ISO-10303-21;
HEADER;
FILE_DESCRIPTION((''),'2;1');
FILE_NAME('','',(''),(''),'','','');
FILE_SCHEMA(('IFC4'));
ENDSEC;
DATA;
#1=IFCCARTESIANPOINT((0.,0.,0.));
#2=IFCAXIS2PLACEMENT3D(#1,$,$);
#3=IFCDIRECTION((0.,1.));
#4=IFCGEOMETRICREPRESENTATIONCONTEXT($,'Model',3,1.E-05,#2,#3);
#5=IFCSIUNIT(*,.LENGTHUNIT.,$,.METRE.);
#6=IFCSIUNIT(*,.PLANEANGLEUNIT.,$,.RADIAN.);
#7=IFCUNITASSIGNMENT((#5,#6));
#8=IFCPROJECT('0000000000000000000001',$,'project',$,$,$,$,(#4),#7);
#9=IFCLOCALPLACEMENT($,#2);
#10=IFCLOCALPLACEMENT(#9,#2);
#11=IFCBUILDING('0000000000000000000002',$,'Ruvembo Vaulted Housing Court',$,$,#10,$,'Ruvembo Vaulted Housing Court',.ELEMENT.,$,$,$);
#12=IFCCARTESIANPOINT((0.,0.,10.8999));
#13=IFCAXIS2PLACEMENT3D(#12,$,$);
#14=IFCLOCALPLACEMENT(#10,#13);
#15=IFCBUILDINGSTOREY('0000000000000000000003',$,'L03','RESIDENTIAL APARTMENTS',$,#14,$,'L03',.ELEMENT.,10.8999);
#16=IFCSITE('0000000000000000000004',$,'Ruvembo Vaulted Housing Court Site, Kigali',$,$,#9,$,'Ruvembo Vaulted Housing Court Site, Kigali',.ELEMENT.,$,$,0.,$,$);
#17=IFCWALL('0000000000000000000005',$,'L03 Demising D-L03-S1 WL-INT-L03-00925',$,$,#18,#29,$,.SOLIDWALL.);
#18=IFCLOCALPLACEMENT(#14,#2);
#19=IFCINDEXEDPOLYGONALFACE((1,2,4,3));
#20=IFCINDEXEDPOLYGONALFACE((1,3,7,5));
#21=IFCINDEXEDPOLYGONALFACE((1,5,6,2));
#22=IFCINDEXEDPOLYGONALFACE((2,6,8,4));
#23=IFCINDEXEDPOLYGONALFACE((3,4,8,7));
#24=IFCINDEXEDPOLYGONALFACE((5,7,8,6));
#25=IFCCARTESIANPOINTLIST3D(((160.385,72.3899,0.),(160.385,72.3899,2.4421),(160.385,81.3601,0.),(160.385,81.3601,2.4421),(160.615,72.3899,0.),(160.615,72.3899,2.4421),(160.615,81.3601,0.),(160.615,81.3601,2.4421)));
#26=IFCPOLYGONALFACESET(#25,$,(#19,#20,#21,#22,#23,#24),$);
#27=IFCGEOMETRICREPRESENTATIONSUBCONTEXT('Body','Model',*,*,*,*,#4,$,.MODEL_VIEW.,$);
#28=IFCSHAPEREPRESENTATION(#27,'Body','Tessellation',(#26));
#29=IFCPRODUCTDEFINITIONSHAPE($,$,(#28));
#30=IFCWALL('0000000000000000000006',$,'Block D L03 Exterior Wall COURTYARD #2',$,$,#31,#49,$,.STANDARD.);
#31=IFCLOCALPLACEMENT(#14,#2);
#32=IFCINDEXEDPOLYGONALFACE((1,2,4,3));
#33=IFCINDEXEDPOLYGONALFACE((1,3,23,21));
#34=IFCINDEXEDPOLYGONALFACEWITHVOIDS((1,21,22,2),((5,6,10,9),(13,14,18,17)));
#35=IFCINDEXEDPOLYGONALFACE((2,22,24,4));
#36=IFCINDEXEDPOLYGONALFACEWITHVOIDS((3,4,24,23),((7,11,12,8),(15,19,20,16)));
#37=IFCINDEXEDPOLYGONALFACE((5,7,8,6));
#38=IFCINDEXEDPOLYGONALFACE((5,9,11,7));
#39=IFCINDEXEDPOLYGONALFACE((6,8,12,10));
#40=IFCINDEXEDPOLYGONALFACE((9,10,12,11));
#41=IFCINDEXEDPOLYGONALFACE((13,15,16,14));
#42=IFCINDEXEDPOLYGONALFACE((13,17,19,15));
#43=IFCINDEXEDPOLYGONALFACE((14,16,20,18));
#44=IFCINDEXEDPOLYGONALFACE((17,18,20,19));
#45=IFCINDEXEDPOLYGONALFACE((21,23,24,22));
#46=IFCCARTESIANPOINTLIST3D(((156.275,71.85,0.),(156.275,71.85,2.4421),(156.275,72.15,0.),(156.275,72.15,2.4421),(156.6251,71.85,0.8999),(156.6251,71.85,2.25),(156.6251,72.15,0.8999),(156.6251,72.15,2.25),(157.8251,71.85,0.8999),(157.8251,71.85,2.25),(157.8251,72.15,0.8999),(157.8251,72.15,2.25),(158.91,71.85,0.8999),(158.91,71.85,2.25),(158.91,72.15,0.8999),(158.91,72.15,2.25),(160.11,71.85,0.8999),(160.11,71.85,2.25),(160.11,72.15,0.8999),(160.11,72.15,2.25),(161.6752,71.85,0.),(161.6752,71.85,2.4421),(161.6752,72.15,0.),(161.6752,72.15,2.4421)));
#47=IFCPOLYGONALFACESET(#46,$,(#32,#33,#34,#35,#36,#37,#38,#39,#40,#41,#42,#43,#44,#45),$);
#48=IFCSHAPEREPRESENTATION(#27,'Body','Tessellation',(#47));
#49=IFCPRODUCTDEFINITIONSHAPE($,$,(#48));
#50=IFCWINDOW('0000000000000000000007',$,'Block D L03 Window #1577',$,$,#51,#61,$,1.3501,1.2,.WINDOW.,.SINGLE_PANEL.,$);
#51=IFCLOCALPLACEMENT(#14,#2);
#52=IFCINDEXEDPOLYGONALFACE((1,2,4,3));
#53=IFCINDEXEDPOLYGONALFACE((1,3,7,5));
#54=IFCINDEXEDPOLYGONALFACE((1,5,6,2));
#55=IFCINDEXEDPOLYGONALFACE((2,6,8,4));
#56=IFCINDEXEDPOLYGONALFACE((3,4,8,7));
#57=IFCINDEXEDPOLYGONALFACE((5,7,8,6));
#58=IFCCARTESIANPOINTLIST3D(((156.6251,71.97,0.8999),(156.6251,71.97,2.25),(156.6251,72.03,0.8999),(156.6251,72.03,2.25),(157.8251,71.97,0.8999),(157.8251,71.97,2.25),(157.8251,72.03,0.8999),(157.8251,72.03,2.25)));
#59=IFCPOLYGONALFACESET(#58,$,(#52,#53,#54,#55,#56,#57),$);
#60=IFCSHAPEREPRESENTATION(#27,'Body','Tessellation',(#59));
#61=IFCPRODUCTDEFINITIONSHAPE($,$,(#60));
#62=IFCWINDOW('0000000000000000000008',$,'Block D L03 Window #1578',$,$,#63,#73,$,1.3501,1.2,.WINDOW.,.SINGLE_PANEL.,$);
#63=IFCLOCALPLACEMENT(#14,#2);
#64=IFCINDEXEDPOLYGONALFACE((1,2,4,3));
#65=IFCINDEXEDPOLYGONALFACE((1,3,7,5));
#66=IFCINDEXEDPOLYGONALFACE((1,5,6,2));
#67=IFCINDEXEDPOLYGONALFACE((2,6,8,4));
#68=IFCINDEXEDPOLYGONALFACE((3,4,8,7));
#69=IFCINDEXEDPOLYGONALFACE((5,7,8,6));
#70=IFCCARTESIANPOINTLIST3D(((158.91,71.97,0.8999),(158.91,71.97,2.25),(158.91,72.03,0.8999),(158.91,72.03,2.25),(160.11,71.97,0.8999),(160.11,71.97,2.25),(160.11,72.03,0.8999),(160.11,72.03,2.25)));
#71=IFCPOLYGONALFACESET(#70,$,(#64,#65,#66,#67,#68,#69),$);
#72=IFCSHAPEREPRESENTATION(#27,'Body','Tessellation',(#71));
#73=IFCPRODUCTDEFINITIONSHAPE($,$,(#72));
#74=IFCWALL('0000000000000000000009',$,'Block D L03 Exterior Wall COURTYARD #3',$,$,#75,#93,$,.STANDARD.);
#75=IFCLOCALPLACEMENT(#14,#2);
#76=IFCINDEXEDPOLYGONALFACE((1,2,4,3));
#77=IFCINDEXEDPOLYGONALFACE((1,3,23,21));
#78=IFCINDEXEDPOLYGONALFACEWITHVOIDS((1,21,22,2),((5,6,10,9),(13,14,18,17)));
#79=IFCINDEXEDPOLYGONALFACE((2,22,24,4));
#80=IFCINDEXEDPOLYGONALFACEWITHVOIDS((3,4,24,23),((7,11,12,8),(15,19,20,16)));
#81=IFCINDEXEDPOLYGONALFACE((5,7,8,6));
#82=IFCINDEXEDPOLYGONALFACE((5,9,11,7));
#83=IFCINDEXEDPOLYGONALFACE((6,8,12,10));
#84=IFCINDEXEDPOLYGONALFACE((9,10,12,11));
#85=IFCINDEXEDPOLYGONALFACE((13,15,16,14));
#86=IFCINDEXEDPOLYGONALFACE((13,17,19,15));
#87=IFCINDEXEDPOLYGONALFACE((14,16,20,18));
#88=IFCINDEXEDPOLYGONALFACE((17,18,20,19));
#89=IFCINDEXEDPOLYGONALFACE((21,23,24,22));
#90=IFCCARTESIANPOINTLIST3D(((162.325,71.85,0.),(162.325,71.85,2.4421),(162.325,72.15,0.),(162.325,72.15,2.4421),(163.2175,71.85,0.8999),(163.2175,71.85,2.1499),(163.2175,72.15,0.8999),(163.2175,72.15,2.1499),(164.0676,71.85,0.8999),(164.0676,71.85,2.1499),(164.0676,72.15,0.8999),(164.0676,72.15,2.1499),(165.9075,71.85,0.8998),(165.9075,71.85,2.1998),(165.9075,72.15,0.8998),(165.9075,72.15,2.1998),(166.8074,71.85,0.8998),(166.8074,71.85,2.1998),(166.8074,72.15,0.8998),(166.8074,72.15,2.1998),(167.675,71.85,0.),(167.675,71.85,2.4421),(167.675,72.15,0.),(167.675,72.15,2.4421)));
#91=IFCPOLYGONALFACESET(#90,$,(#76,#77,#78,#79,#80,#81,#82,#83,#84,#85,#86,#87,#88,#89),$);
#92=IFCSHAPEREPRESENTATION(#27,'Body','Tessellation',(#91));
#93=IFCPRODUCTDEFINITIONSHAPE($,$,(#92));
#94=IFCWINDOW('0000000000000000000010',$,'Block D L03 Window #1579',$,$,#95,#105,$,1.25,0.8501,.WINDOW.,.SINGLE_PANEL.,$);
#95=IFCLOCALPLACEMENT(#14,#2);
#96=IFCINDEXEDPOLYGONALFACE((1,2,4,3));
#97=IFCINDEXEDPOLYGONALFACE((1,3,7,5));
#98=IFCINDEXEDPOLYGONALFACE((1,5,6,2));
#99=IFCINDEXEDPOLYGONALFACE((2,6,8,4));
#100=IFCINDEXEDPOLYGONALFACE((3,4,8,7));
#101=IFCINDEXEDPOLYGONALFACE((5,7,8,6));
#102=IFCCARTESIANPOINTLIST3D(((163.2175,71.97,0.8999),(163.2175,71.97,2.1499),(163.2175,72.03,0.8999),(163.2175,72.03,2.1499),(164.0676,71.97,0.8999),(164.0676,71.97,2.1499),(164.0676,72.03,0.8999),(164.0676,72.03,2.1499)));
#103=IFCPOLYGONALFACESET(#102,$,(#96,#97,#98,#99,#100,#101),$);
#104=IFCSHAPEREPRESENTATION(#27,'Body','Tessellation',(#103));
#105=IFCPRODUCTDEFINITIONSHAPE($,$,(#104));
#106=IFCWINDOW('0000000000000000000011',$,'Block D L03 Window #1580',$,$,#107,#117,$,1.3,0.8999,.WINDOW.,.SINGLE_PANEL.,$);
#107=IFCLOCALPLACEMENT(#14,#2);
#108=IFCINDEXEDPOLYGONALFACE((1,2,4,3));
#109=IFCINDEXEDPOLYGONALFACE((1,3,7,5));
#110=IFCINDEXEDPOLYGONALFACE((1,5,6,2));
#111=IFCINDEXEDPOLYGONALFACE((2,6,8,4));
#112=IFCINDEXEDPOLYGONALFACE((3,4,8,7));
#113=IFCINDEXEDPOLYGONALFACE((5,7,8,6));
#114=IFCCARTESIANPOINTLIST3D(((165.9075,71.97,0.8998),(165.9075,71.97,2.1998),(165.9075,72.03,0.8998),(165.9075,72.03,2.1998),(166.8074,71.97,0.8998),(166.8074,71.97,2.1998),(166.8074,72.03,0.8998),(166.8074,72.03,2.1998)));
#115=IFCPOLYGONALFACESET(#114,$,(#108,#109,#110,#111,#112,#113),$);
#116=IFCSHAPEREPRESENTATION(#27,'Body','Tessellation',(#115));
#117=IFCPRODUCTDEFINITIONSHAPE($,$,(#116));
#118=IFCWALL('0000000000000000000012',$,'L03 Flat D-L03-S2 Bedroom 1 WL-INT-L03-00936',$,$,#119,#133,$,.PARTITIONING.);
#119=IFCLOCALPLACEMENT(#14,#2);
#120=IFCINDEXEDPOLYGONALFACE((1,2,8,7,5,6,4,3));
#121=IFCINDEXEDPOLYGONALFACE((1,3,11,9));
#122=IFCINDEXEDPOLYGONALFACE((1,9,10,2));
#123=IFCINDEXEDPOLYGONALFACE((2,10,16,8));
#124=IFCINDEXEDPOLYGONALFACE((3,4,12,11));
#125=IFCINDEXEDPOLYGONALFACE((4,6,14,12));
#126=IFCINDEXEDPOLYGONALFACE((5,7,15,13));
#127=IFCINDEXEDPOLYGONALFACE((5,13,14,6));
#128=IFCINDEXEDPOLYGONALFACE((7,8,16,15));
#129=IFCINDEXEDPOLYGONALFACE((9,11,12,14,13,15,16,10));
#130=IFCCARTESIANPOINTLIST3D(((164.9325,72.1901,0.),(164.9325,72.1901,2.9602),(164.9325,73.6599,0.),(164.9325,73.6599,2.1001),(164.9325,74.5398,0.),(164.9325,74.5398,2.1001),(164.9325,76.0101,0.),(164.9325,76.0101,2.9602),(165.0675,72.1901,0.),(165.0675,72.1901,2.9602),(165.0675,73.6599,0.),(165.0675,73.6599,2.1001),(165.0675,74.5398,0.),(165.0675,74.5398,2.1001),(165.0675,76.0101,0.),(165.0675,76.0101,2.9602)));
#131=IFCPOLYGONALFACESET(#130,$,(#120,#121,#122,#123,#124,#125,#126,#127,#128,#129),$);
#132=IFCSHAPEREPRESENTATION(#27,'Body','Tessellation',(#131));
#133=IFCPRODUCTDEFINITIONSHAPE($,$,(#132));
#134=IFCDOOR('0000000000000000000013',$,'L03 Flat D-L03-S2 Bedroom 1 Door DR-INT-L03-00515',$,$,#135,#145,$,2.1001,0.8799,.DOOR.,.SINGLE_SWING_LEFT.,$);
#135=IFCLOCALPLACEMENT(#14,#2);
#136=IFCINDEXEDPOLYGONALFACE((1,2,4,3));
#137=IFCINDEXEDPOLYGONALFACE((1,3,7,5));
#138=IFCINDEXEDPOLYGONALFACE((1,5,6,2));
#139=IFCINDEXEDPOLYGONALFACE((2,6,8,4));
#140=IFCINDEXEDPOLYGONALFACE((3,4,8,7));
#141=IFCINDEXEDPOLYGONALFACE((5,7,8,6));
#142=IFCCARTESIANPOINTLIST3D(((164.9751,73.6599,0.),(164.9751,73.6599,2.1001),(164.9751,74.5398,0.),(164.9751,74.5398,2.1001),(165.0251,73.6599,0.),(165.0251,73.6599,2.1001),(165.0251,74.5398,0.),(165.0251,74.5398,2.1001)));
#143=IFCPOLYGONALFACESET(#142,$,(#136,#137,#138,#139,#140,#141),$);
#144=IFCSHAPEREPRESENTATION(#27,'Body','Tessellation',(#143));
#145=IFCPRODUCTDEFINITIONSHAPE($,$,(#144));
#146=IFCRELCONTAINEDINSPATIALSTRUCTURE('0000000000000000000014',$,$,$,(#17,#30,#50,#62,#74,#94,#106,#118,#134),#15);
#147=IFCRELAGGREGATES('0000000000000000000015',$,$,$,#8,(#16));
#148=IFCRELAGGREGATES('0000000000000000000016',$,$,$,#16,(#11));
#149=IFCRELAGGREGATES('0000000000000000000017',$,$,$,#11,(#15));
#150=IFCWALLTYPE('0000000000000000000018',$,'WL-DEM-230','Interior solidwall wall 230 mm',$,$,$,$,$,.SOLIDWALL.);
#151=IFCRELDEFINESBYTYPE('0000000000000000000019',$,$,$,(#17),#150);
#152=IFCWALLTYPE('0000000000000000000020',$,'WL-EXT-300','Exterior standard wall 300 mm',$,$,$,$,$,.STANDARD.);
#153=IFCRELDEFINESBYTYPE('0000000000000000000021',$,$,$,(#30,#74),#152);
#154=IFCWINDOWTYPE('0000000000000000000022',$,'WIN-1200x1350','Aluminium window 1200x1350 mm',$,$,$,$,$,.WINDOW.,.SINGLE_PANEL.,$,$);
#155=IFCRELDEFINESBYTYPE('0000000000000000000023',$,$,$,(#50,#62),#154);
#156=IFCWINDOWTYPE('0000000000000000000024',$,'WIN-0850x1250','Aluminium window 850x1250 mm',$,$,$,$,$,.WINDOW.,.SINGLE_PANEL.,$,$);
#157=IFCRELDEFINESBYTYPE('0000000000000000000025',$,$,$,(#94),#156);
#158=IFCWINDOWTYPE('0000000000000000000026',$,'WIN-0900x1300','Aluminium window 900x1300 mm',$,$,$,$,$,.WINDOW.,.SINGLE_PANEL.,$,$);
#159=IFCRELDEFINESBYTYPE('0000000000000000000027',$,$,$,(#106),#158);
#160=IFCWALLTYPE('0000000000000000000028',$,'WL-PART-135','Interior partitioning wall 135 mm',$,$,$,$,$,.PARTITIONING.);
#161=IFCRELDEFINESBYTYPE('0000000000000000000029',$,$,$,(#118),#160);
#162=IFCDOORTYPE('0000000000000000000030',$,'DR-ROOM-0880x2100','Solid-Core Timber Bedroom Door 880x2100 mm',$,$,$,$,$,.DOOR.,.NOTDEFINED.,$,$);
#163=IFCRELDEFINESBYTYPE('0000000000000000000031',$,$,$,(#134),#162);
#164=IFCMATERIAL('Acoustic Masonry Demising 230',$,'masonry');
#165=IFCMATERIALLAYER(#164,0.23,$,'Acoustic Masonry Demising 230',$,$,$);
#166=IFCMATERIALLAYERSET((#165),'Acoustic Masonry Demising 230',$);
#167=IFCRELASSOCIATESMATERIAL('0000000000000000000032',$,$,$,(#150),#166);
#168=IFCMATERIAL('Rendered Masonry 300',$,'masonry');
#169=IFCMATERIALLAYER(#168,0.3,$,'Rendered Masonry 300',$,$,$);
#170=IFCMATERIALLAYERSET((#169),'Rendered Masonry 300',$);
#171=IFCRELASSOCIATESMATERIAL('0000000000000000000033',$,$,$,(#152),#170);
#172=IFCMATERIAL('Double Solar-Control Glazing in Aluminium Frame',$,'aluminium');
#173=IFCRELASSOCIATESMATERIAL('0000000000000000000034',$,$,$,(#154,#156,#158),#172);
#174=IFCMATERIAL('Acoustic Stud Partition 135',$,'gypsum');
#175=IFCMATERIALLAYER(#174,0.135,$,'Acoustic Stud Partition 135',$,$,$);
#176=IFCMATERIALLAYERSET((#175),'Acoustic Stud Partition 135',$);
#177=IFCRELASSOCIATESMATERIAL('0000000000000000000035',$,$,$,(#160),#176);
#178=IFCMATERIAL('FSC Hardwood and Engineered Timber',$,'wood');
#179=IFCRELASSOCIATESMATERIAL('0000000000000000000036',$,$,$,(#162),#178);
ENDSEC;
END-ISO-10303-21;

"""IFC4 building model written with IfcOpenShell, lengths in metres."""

from ifc_helpers import new_model, si_unit, direction, frame, frame_2d, origin, place, context, subcontext, project, spatial, rectangle, extrude, material, layer, layer_set, type_object, element, fill, save


model = new_model("IFC4")

# Units and contexts
model_context = context("Model", 3, precision=1e-05, world=origin(), true_north=direction((0.0, 1.0)))
body_context = subcontext(model_context, "Body", "Model", "MODEL_VIEW")
ifc_project = project(units=[si_unit("LENGTHUNIT", "METRE"), si_unit("PLANEANGLEUNIT", "RADIAN")], contexts=[model_context])

# Site, building, storey
site_placement = place(None, origin())
site = spatial("IfcSite", under=ifc_project, at=site_placement, Name="Ruvembo Vaulted Housing Court Site, Kigali", LongName="Ruvembo Vaulted Housing Court Site, Kigali", CompositionType="ELEMENT", RefElevation=0.0)
building_placement = place(site_placement, origin())
building = spatial("IfcBuilding", under=site, at=building_placement, Name="Ruvembo Vaulted Housing Court", LongName="Ruvembo Vaulted Housing Court", CompositionType="ELEMENT")
storey_placement = place(building_placement, frame((0.0, 0.0, 10.8999)))
storey = spatial("IfcBuildingStorey", under=building, at=storey_placement, Name="L03", Description="RESIDENTIAL APARTMENTS", LongName="L03", CompositionType="ELEMENT", Elevation=10.8999)

# Shared definitions
ifc_material_1 = material(Name="FSC Hardwood and Engineered Timber", Category="wood")

# Wall
ifc_material_2 = material(Name="Acoustic Masonry Demising 230", Category="masonry")
ifc_layer_1 = layer(ifc_material_2, 0.23, Name="Acoustic Masonry Demising 230")
ifc_layer_set_1 = layer_set([ifc_layer_1], Name="Acoustic Masonry Demising 230")
wall_type_1 = type_object("IfcWallType", Name="WL-DEM-230", Description="Interior solidwall wall 230 mm", PredefinedType="SOLIDWALL", material=ifc_layer_set_1)
wall_1_placement = place(storey_placement, frame((160.5, 72.3899, 0.0), z_axis=(0.0, 0.0, 1.0), x_axis=(0.0, 1.0, 0.0)))
element("IfcWall", 1, at=wall_1_placement, inside=storey, type_object=wall_type_1, Name="L03 Demising D-L03-S1 WL-INT-L03-00925", PredefinedType="SOLIDWALL", context=body_context, shape_type="SweptSolid", body=[
    extrude(rectangle(XDim=8.9702, YDim=0.23, at=frame_2d((4.4851, 0.0))), origin(), (0.0, 0.0, 1.0), 2.4421),
])

# Walls, openings, windows
ifc_material_3 = material(Name="Rendered Masonry 300", Category="masonry")
ifc_layer_2 = layer(ifc_material_3, 0.3, Name="Rendered Masonry 300")
ifc_layer_set_2 = layer_set([ifc_layer_2], Name="Rendered Masonry 300")
wall_type_2 = type_object("IfcWallType", Name="WL-EXT-300", Description="Exterior standard wall 300 mm", PredefinedType="STANDARD", material=ifc_layer_set_2)
wall_2_placement = place(storey_placement, frame((156.2749, 72.0, 0.0), z_axis=(0.0, 0.0, 1.0), x_axis=(1.0, 0.0, 0.0)))
wall_2 = element("IfcWall", 2, at=wall_2_placement, inside=storey, type_object=wall_type_2, Name="Block D L03 Exterior Wall COURTYARD #2", PredefinedType="STANDARD", context=body_context, shape_type="SweptSolid", body=[
    extrude(rectangle(XDim=5.4001, YDim=0.3, at=frame_2d((2.7002, 0.0))), origin(), (0.0, 0.0, 1.0), 2.4421),
])
opening_1_placement = place(wall_2_placement, frame((0.3501, 0.0, 0.8999)))
opening_1 = element("IfcOpeningElement", 3, at=opening_1_placement, cuts=wall_2, PredefinedType="OPENING", context=body_context, shape_type="SweptSolid", body=[
    extrude(rectangle(XDim=1.2, YDim=1.3501, at=frame_2d((0.6001, 0.675))), frame((0.0, 0.1599, 0.0), z_axis=(0.0, -1.0, 0.0), x_axis=(1.0, 0.0, 0.0)), (0.0, 0.0, 1.0), 0.3201),
])
opening_2_placement = place(wall_2_placement, frame((2.635, 0.0, 0.8999)))
opening_2 = element("IfcOpeningElement", 4, at=opening_2_placement, cuts=wall_2, PredefinedType="OPENING", context=body_context, shape_type="SweptSolid", body=[
    extrude(rectangle(XDim=1.2, YDim=1.3501, at=frame_2d((0.6001, 0.675))), frame((0.0, 0.1599, 0.0), z_axis=(0.0, -1.0, 0.0), x_axis=(1.0, 0.0, 0.0)), (0.0, 0.0, 1.0), 0.3201),
])
ifc_material_4 = material(Name="Double Solar-Control Glazing in Aluminium Frame", Category="aluminium")
window_type_1 = type_object("IfcWindowType", Name="WIN-1200x1350", Description="Aluminium window 1200x1350 mm", PartitioningType="SINGLE_PANEL", PredefinedType="WINDOW", material=ifc_material_4)
window_1_placement = place(opening_1_placement, origin())
window_1 = element("IfcWindow", 5, at=window_1_placement, inside=storey, type_object=window_type_1, Name="Block D L03 Window #1577", OverallHeight=1.3501, OverallWidth=1.2, PartitioningType="SINGLE_PANEL", PredefinedType="WINDOW", context=body_context, shape_type="SweptSolid", body=[
    extrude(rectangle(XDim=1.2, YDim=1.3501, at=frame_2d((0.6001, 0.675))), frame((0.0, 0.03, 0.0), z_axis=(0.0, -1.0, 0.0), x_axis=(1.0, 0.0, 0.0)), (0.0, 0.0, 1.0), 0.0601),
])
fill(opening_1, window_1)
window_2_placement = place(opening_2_placement, origin())
window_2 = element("IfcWindow", 6, at=window_2_placement, inside=storey, type_object=window_type_1, Name="Block D L03 Window #1578", OverallHeight=1.3501, OverallWidth=1.2, PartitioningType="SINGLE_PANEL", PredefinedType="WINDOW", context=body_context, shape_type="SweptSolid", body=[
    extrude(rectangle(XDim=1.2, YDim=1.3501, at=frame_2d((0.6001, 0.675))), frame((0.0, 0.03, 0.0), z_axis=(0.0, -1.0, 0.0), x_axis=(1.0, 0.0, 0.0)), (0.0, 0.0, 1.0), 0.0601),
])
fill(opening_2, window_2)
wall_3_placement = place(storey_placement, frame((162.325, 72.0, 0.0), z_axis=(0.0, 0.0, 1.0), x_axis=(1.0, 0.0, 0.0)))
wall_3 = element("IfcWall", 7, at=wall_3_placement, inside=storey, type_object=wall_type_2, Name="Block D L03 Exterior Wall COURTYARD #3", PredefinedType="STANDARD", context=body_context, shape_type="SweptSolid", body=[
    extrude(rectangle(XDim=5.3501, YDim=0.3, at=frame_2d((2.675, 0.0))), origin(), (0.0, 0.0, 1.0), 2.4421),
])
opening_3_placement = place(wall_3_placement, frame((0.8926, 0.0, 0.8999)))
opening_3 = element("IfcOpeningElement", 8, at=opening_3_placement, cuts=wall_3, PredefinedType="OPENING", context=body_context, shape_type="SweptSolid", body=[
    extrude(rectangle(XDim=0.8501, YDim=1.25, at=frame_2d((0.425, 0.625))), frame((0.0, 0.1599, 0.0), z_axis=(0.0, -1.0, 0.0), x_axis=(1.0, 0.0, 0.0)), (0.0, 0.0, 1.0), 0.3201),
])
opening_4_placement = place(wall_3_placement, frame((3.5825, 0.0, 0.8999)))
opening_4 = element("IfcOpeningElement", 9, at=opening_4_placement, cuts=wall_3, PredefinedType="OPENING", context=body_context, shape_type="SweptSolid", body=[
    extrude(rectangle(XDim=0.8999, YDim=1.3, at=frame_2d((0.45, 0.6499))), frame((0.0, 0.1599, 0.0), z_axis=(0.0, -1.0, 0.0), x_axis=(1.0, 0.0, 0.0)), (0.0, 0.0, 1.0), 0.3201),
])
window_type_2 = type_object("IfcWindowType", Name="WIN-0850x1250", Description="Aluminium window 850x1250 mm", PartitioningType="SINGLE_PANEL", PredefinedType="WINDOW", material=ifc_material_4)
window_3_placement = place(opening_3_placement, origin())
window_3 = element("IfcWindow", 10, at=window_3_placement, inside=storey, type_object=window_type_2, Name="Block D L03 Window #1579", OverallHeight=1.25, OverallWidth=0.8501, PartitioningType="SINGLE_PANEL", PredefinedType="WINDOW", context=body_context, shape_type="SweptSolid", body=[
    extrude(rectangle(XDim=0.8501, YDim=1.25, at=frame_2d((0.425, 0.625))), frame((0.0, 0.03, 0.0), z_axis=(0.0, -1.0, 0.0), x_axis=(1.0, 0.0, 0.0)), (0.0, 0.0, 1.0), 0.0601),
])
fill(opening_3, window_3)
window_type_3 = type_object("IfcWindowType", Name="WIN-0900x1300", Description="Aluminium window 900x1300 mm", PartitioningType="SINGLE_PANEL", PredefinedType="WINDOW", material=ifc_material_4)
window_4_placement = place(opening_4_placement, origin())
window_4 = element("IfcWindow", 11, at=window_4_placement, inside=storey, type_object=window_type_3, Name="Block D L03 Window #1580", OverallHeight=1.3, OverallWidth=0.8999, PartitioningType="SINGLE_PANEL", PredefinedType="WINDOW", context=body_context, shape_type="SweptSolid", body=[
    extrude(rectangle(XDim=0.8999, YDim=1.3, at=frame_2d((0.45, 0.6499))), frame((0.0, 0.03, 0.0), z_axis=(0.0, -1.0, 0.0), x_axis=(1.0, 0.0, 0.0)), (0.0, 0.0, 1.0), 0.0601),
])
fill(opening_4, window_4)

# Wall, opening, door
ifc_material_5 = material(Name="Acoustic Stud Partition 135", Category="gypsum")
ifc_layer_3 = layer(ifc_material_5, 0.135, Name="Acoustic Stud Partition 135")
ifc_layer_set_3 = layer_set([ifc_layer_3], Name="Acoustic Stud Partition 135")
wall_type_3 = type_object("IfcWallType", Name="WL-PART-135", Description="Interior partitioning wall 135 mm", PredefinedType="PARTITIONING", material=ifc_layer_set_3)
wall_4_placement = place(storey_placement, frame((165.0, 72.1899, 0.0), z_axis=(0.0, 0.0, 1.0), x_axis=(0.0, 1.0, 0.0)))
wall_4 = element("IfcWall", 12, at=wall_4_placement, inside=storey, type_object=wall_type_3, Name="L03 Flat D-L03-S2 Bedroom 1 WL-INT-L03-00936", PredefinedType="PARTITIONING", context=body_context, shape_type="SweptSolid", body=[
    extrude(rectangle(XDim=3.8201, YDim=0.135, at=frame_2d((1.9102, 0.0))), origin(), (0.0, 0.0, 1.0), 2.9602),
])
opening_5_placement = place(wall_4_placement, frame((1.47, 0.0, 0.0)))
opening_5 = element("IfcOpeningElement", 13, at=opening_5_placement, cuts=wall_4, PredefinedType="OPENING", context=body_context, shape_type="SweptSolid", body=[
    extrude(rectangle(XDim=0.8799, YDim=2.1001, at=frame_2d((0.4399, 1.05))), frame((0.0, 0.0774, 0.0), z_axis=(0.0, -1.0, 0.0), x_axis=(1.0, 0.0, 0.0)), (0.0, 0.0, 1.0), 0.155),
])
door_type_1 = type_object("IfcDoorType", Name="DR-ROOM-0880x2100", Description="Solid-Core Timber Bedroom Door 880x2100 mm", OperationType="NOTDEFINED", PredefinedType="DOOR", material=ifc_material_1)
door_1_placement = place(opening_5_placement, origin())
door_1 = element("IfcDoor", 14, at=door_1_placement, inside=storey, type_object=door_type_1, Name="L03 Flat D-L03-S2 Bedroom 1 Door DR-INT-L03-00515", OperationType="SINGLE_SWING_LEFT", OverallHeight=2.1001, OverallWidth=0.8799, PredefinedType="DOOR", context=body_context, shape_type="SweptSolid", body=[
    extrude(rectangle(XDim=0.8799, YDim=2.1001, at=frame_2d((0.4399, 1.05))), frame((0.0, 0.0249, 0.0), z_axis=(0.0, -1.0, 0.0), x_axis=(1.0, 0.0, 0.0)), (0.0, 0.0, 1.0), 0.05),
])
fill(opening_5, door_1)

save(model, "model.ifc")
